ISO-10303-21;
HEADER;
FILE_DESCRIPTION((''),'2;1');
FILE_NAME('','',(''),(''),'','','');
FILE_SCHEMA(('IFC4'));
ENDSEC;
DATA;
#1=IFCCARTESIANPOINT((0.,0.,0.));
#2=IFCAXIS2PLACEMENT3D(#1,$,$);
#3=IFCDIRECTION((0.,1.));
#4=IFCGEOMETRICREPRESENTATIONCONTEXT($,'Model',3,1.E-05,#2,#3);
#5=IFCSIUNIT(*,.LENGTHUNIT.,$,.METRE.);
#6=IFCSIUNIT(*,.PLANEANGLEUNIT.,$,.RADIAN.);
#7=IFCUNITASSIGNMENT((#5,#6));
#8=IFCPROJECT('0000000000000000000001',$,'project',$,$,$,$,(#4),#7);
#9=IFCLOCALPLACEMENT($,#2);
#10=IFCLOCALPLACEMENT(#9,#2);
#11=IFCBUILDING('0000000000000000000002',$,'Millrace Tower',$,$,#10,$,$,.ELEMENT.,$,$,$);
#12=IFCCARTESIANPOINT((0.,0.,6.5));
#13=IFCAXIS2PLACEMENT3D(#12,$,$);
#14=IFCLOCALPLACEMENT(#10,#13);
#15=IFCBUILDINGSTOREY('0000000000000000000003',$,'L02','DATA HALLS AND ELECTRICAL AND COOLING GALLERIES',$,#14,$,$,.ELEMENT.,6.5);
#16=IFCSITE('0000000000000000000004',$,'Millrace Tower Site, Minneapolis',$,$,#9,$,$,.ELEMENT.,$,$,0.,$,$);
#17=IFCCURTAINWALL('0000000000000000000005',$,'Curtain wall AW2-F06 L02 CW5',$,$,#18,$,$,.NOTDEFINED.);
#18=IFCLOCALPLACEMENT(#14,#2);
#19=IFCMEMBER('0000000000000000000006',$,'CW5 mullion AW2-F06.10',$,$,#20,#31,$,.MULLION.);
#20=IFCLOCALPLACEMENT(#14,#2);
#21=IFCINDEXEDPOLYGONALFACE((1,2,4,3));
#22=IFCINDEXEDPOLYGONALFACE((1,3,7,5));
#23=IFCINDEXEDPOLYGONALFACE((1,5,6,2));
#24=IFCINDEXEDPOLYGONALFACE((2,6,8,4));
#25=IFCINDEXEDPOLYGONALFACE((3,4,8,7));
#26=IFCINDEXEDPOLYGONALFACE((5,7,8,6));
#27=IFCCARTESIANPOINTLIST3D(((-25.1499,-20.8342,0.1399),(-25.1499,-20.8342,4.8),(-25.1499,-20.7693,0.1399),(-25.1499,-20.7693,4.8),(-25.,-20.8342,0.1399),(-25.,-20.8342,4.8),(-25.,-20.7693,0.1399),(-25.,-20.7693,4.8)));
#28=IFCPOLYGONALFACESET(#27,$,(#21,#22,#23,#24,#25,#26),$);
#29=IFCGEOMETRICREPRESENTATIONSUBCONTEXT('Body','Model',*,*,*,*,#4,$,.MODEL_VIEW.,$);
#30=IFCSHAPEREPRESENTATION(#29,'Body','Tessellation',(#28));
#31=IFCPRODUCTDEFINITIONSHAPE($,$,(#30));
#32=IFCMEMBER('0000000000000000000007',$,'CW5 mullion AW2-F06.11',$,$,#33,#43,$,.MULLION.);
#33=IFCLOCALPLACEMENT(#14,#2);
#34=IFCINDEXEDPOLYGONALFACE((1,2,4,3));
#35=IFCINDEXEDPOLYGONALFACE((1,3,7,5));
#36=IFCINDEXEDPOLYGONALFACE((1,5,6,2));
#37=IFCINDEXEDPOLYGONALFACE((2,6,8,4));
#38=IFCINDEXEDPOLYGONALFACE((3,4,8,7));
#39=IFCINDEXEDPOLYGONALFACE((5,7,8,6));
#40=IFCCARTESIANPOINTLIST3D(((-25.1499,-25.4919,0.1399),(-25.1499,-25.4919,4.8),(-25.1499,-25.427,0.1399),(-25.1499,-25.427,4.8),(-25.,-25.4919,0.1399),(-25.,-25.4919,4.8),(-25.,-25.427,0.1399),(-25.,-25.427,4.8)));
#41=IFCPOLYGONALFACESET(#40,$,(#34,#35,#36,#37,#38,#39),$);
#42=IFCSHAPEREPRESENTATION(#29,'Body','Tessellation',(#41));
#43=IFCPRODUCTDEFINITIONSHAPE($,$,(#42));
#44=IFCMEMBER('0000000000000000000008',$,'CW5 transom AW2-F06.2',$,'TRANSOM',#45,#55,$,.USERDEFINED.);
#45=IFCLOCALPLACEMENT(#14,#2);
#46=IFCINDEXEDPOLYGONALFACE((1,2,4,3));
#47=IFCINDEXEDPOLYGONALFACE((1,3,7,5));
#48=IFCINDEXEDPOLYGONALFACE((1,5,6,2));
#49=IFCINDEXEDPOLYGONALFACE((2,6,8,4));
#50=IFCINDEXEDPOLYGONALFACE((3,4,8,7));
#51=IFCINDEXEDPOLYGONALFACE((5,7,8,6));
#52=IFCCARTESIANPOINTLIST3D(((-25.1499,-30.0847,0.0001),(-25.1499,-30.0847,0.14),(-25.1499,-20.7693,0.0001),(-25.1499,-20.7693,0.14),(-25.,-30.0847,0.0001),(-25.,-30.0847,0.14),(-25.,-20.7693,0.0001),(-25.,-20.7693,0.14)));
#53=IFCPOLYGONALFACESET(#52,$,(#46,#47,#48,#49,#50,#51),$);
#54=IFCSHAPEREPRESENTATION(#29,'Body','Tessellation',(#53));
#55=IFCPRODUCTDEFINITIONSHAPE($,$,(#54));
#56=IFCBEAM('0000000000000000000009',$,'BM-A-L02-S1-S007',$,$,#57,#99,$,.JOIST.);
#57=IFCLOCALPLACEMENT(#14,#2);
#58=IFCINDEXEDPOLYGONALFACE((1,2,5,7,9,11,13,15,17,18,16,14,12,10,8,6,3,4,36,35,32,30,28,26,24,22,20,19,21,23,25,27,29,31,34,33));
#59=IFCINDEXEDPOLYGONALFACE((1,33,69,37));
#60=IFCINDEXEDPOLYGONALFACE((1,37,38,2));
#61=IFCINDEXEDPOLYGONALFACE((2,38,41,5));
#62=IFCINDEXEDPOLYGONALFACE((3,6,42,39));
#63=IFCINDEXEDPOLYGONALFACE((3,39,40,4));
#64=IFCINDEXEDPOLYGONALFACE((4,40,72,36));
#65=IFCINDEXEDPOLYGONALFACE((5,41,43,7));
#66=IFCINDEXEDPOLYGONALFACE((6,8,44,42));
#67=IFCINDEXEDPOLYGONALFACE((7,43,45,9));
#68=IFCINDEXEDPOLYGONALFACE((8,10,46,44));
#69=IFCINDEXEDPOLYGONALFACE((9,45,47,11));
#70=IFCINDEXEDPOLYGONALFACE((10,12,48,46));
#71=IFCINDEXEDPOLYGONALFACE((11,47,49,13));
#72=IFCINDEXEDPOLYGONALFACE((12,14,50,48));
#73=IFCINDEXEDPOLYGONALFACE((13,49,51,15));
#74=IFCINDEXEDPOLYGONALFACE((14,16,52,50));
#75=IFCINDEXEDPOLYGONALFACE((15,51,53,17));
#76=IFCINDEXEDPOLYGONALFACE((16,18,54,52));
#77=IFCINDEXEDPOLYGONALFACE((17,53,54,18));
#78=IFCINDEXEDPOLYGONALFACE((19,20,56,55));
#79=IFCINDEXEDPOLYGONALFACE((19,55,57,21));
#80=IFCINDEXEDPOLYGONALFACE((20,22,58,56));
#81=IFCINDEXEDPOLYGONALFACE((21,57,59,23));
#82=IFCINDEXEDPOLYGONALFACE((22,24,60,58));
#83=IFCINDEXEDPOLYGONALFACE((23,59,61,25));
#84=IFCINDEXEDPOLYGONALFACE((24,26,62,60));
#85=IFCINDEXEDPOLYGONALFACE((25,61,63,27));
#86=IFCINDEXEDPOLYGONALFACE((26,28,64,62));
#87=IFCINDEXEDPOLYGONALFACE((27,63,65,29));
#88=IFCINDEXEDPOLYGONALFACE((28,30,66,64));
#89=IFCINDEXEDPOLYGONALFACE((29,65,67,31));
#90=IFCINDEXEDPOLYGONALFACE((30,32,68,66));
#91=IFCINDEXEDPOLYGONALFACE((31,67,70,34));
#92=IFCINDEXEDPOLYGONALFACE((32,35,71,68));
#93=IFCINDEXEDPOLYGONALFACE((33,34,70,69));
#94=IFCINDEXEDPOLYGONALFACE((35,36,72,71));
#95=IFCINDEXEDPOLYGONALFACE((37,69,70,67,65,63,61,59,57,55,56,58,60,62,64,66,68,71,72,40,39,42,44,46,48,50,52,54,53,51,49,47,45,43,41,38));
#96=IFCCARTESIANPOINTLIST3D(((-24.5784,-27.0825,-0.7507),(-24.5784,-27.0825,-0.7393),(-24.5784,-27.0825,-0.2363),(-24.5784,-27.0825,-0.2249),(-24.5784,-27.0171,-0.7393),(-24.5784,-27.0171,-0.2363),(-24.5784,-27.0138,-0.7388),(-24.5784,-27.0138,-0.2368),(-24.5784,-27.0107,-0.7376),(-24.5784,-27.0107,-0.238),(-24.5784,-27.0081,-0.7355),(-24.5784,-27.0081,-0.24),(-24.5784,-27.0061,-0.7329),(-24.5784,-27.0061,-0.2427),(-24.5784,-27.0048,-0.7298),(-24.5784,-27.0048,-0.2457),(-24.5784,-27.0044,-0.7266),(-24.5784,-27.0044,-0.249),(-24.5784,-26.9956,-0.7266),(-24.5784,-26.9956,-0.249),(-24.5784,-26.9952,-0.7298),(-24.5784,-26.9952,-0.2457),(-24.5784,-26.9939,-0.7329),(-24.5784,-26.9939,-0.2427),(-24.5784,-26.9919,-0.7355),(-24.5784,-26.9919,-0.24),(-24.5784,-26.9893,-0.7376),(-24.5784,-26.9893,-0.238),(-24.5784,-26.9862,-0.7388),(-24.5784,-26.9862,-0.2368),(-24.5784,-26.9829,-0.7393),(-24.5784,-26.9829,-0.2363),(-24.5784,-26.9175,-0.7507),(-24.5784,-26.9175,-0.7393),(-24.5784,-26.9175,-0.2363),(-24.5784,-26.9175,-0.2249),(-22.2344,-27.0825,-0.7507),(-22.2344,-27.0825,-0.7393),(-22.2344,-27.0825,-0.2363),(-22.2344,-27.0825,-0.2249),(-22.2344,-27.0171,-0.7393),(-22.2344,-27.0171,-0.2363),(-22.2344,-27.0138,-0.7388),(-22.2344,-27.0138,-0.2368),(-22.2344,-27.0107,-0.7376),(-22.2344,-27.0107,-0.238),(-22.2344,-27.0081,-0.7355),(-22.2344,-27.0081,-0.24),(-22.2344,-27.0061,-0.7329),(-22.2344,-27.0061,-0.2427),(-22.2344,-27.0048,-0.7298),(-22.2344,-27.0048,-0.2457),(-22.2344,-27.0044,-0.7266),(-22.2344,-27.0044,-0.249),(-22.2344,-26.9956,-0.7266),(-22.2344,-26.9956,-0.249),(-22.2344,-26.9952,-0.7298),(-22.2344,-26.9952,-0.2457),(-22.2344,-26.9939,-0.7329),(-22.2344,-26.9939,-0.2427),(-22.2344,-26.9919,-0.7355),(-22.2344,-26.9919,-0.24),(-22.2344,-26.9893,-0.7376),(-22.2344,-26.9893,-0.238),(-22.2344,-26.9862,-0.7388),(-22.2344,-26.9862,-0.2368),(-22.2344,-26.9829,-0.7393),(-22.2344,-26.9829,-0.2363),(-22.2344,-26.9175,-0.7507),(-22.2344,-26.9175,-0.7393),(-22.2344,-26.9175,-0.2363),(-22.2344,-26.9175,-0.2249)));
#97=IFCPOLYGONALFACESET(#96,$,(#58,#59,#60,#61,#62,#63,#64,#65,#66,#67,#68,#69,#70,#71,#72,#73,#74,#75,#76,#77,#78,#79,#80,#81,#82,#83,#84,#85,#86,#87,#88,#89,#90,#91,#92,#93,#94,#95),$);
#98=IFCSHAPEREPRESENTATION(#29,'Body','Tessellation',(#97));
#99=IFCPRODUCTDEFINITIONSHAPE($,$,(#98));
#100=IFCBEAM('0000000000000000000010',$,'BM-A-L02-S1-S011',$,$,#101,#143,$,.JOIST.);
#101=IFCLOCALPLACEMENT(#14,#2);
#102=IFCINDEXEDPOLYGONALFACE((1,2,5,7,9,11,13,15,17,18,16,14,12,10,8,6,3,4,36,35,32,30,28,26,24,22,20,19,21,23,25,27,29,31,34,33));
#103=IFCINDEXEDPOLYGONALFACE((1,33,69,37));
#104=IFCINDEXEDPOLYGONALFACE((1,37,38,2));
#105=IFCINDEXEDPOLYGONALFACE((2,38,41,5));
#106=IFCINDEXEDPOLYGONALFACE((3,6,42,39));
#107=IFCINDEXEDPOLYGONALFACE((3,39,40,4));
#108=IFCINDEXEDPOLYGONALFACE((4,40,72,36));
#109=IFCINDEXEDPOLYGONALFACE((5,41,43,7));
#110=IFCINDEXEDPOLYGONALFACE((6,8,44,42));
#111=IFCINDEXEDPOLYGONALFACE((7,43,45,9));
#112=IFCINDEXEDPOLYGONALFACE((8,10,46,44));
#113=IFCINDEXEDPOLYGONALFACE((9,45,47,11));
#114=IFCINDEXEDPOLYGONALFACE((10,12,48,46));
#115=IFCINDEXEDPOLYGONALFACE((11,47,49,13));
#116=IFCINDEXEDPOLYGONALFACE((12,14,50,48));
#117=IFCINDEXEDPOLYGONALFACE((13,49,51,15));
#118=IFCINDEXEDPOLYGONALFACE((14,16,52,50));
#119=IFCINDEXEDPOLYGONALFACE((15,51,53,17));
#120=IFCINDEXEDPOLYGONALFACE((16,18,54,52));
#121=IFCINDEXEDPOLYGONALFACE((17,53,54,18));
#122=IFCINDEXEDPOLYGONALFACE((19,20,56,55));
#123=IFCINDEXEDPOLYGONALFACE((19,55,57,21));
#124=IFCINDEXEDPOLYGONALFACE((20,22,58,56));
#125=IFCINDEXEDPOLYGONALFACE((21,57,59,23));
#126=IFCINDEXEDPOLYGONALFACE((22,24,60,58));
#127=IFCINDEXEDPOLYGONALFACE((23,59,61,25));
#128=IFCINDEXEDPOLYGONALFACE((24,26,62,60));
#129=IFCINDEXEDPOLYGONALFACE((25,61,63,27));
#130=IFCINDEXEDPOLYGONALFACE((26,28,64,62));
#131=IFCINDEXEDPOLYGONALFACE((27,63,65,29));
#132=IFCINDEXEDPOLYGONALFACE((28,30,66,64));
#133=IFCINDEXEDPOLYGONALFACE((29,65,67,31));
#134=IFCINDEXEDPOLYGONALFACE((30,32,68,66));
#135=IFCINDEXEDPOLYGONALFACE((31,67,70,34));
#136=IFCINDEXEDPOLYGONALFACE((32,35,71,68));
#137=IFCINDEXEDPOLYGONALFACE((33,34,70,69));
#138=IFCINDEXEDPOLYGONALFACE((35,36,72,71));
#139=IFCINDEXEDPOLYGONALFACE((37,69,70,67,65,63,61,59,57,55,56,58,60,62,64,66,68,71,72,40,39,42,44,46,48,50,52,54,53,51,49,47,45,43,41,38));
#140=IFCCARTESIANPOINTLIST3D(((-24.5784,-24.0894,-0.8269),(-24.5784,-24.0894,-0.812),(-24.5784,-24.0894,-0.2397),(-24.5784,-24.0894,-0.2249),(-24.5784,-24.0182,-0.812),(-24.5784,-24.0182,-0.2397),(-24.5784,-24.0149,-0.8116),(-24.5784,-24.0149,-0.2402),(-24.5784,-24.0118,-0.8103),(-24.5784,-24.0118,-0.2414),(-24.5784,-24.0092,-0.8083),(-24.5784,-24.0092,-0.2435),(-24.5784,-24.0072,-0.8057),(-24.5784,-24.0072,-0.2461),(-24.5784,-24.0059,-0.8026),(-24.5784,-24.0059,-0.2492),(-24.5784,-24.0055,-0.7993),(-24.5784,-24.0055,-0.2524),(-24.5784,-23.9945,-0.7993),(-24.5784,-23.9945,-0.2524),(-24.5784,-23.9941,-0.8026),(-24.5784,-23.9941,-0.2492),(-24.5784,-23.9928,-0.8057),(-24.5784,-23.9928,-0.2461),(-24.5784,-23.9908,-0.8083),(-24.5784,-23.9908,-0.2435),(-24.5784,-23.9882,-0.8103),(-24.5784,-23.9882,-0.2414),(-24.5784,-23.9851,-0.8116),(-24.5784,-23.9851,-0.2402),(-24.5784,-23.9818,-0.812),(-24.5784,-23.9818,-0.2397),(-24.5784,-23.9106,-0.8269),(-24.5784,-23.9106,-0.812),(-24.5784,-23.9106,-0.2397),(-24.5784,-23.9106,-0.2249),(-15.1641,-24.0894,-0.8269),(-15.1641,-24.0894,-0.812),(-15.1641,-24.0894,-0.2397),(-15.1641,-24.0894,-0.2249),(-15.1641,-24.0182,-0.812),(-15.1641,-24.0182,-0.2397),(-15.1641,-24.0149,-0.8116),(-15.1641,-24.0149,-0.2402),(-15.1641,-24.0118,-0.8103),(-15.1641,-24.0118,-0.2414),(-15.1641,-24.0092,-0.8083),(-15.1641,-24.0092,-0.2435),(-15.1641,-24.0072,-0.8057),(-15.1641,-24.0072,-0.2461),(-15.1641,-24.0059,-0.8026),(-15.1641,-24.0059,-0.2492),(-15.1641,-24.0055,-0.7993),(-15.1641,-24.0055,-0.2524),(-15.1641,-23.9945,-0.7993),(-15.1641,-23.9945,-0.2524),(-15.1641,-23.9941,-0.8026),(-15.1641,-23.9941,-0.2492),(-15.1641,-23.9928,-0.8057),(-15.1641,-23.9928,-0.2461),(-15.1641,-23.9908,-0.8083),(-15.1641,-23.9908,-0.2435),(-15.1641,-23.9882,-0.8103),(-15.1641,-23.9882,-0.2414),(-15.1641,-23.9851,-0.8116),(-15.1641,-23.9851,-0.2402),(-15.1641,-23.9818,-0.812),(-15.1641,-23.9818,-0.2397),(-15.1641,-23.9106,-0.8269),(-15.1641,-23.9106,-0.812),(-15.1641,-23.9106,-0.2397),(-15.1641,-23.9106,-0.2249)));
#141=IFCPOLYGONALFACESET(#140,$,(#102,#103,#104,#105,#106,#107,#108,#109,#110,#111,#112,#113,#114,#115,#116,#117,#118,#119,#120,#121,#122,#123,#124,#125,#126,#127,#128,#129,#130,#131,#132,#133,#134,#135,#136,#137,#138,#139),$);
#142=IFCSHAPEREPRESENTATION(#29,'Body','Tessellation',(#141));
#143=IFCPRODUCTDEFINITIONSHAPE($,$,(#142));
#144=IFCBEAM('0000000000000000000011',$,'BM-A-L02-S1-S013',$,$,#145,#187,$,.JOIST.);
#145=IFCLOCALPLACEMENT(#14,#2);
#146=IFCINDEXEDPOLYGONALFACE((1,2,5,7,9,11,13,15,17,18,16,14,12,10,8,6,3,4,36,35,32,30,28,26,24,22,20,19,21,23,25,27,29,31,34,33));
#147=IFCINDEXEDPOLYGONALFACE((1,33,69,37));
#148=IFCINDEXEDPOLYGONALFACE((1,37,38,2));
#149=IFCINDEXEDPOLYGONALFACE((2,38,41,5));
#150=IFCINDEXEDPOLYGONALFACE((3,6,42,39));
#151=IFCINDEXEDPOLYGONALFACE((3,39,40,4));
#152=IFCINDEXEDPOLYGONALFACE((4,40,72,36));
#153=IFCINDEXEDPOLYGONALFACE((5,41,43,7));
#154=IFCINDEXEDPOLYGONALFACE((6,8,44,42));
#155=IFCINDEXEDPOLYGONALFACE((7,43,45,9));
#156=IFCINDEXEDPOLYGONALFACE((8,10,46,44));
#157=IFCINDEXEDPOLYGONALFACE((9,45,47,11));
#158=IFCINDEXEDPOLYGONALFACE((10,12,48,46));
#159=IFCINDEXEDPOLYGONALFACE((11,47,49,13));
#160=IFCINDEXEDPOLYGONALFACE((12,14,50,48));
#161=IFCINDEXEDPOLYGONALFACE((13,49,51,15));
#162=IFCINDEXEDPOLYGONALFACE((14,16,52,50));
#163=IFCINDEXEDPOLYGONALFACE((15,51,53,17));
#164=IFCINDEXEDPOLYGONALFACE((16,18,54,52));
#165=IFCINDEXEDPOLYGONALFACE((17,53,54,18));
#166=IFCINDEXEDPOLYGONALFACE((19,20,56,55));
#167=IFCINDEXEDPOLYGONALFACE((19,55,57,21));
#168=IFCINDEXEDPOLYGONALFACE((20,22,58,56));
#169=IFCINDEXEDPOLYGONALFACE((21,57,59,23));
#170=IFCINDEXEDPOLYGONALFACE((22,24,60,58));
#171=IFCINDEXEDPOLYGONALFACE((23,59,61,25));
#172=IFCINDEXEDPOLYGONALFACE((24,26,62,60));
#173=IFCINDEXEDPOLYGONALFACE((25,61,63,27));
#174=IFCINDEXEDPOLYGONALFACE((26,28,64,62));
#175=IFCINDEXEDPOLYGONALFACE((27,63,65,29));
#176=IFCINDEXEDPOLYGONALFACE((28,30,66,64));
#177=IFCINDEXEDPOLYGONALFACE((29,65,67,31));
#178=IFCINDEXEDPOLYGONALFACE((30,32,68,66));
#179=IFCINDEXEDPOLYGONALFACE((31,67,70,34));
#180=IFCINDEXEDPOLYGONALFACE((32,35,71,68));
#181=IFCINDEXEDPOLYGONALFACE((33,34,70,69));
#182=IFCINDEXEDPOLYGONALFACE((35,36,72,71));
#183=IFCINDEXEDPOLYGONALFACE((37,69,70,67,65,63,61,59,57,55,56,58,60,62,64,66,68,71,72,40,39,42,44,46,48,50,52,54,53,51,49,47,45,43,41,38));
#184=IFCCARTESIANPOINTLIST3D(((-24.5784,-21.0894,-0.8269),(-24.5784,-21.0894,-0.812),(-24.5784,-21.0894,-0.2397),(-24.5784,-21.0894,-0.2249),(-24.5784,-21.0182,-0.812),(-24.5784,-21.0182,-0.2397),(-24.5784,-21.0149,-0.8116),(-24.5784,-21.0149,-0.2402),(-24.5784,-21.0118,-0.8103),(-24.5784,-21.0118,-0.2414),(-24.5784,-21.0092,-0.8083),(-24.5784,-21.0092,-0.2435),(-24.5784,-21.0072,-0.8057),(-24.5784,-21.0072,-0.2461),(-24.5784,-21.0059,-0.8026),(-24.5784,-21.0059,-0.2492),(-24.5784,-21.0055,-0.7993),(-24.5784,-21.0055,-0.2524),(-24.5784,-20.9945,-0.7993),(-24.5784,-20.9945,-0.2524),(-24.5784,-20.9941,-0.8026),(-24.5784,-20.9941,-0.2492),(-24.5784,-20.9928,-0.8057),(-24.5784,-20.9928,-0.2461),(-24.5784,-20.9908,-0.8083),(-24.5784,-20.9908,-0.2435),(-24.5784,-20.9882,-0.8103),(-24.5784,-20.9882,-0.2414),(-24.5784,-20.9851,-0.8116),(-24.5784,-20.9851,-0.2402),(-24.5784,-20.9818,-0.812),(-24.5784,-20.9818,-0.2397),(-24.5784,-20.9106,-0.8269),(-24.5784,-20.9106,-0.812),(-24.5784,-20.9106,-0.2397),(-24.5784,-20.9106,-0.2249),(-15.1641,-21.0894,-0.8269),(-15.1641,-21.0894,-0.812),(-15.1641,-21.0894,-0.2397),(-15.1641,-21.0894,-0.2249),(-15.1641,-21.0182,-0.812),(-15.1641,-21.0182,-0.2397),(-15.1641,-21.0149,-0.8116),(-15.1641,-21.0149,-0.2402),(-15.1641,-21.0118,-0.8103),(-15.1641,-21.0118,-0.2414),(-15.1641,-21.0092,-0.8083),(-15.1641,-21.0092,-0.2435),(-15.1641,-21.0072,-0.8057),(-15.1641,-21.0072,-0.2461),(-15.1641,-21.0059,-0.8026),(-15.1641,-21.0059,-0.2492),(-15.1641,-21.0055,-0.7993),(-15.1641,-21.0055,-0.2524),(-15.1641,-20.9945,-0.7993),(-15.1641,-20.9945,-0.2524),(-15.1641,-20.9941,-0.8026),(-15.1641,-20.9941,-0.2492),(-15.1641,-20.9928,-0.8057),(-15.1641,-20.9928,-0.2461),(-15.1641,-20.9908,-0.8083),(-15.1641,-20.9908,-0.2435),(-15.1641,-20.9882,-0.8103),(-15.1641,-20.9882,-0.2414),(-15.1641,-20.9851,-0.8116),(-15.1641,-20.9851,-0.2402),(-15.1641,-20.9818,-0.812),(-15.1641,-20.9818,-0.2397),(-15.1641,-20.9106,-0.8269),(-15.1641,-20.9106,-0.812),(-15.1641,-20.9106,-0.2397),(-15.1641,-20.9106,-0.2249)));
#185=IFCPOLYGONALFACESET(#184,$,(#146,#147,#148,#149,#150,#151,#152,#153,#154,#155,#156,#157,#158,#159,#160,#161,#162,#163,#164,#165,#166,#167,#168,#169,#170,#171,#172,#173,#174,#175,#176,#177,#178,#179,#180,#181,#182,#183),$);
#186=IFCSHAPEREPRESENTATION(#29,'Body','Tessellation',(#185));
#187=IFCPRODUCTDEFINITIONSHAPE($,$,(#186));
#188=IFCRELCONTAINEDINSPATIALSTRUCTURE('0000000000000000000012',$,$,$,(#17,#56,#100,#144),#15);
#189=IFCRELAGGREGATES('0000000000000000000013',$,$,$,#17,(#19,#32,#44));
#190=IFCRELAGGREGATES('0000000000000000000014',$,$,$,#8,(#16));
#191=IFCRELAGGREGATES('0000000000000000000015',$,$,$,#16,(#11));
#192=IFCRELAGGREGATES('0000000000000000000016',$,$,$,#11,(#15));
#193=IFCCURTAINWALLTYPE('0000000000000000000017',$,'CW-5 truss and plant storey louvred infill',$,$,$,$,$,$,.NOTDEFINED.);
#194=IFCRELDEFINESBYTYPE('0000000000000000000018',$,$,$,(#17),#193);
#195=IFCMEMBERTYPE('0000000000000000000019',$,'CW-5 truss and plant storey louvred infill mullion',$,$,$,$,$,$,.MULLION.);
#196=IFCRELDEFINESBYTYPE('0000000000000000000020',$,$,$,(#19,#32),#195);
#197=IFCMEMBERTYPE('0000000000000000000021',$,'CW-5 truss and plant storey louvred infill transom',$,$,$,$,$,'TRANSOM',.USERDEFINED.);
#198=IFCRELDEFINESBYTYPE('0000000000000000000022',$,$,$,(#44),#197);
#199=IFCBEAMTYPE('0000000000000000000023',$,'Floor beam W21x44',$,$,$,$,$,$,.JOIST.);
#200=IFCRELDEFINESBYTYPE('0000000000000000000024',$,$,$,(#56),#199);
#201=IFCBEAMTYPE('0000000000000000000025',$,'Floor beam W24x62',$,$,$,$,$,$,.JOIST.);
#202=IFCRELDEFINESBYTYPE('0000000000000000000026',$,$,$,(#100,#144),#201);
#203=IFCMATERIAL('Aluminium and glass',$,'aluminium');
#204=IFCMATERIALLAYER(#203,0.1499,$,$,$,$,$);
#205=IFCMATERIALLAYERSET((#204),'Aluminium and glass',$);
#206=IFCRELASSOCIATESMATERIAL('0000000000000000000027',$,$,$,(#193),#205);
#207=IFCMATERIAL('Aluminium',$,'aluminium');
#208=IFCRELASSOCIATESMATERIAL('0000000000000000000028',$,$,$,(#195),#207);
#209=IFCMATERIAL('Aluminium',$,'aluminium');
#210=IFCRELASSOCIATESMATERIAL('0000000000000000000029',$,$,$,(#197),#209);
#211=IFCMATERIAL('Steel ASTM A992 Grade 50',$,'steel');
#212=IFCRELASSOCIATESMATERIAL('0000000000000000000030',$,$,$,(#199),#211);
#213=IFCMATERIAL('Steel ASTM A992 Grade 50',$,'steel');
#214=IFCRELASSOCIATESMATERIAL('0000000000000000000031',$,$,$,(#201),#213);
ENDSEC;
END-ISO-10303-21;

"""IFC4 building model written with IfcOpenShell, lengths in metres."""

from ifc_helpers import new_model, si_unit, direction, frame, origin, origin_2d, place, context, subcontext, project, spatial, rectangle, i_section, extrude, material, layer, layer_set, material_profile, profile_set, type_object, element, aggregate, save


model = new_model("IFC4")

# Units and contexts
model_context = context("Model", 3, precision=1e-05, world=origin(), true_north=direction((0.0, 1.0)))
body_context = subcontext(model_context, "Body", "Model", "MODEL_VIEW")
ifc_project = project(units=[si_unit("LENGTHUNIT", "METRE"), si_unit("PLANEANGLEUNIT", "RADIAN")], contexts=[model_context])

# Site, building, storey
site_placement = place(None, origin())
site = spatial("IfcSite", under=ifc_project, at=site_placement, Name="Millrace Tower Site, Minneapolis", CompositionType="ELEMENT", RefElevation=0.0)
building_placement = place(site_placement, origin())
building = spatial("IfcBuilding", under=site, at=building_placement, Name="Millrace Tower", CompositionType="ELEMENT")
storey_placement = place(building_placement, frame((0.0, 0.0, 6.5)))
storey = spatial("IfcBuildingStorey", under=building, at=storey_placement, Name="L02", Description="DATA HALLS AND ELECTRICAL AND COOLING GALLERIES", CompositionType="ELEMENT", Elevation=6.5)

# Curtain wall, members
placement = place(storey_placement, origin())
ifc_material_1 = material(Name="Aluminium and glass", Category="aluminium")
ifc_layer_1 = layer(ifc_material_1, 0.1499)
ifc_layer_set_1 = layer_set([ifc_layer_1], Name="Aluminium and glass")
curtain_wall_type_1 = type_object("IfcCurtainWallType", Name="CW-5 truss and plant storey louvred infill", PredefinedType="NOTDEFINED", material=ifc_layer_set_1)
curtain_wall_1 = element("IfcCurtainWall", 1, at=placement, inside=storey, type_object=curtain_wall_type_1, Name="Curtain wall AW2-F06 L02 CW5", PredefinedType="NOTDEFINED")
ifc_material_2 = material(Name="Aluminium", Category="aluminium")
ifc_material_profile_1 = material_profile(ifc_material_2, rectangle(XDim=0.0649, YDim=0.1499, at=origin_2d()))
ifc_profile_set_1 = profile_set([ifc_material_profile_1], Name="Aluminium")
member_type_1 = type_object("IfcMemberType", Name="CW-5 truss and plant storey louvred infill mullion", PredefinedType="MULLION", material=ifc_profile_set_1)
member_1_placement = place(storey_placement, frame((-25.075, -20.8018, 0.1399), z_axis=(0.0, 0.0, 1.0), x_axis=(0.0, -1.0, 0.0)))
member_1 = element("IfcMember", 2, at=member_1_placement, type_object=member_type_1, Name="CW5 mullion AW2-F06.10", PredefinedType="MULLION", context=body_context, shape_type="SweptSolid", body=[
    extrude(rectangle(XDim=0.0649, YDim=0.1499, at=origin_2d()), origin(), (0.0, 0.0, 1.0), 4.6602),
])
member_2_placement = place(storey_placement, frame((-25.075, -25.4595, 0.1399), z_axis=(0.0, 0.0, 1.0), x_axis=(0.0, -1.0, 0.0)))
member_2 = element("IfcMember", 3, at=member_2_placement, type_object=member_type_1, Name="CW5 mullion AW2-F06.11", PredefinedType="MULLION", context=body_context, shape_type="SweptSolid", body=[
    extrude(rectangle(XDim=0.0649, YDim=0.1499, at=origin_2d()), origin(), (0.0, 0.0, 1.0), 4.6602),
])
ifc_material_3 = material(Name="Aluminium", Category="aluminium")
ifc_material_profile_2 = material_profile(ifc_material_3, rectangle(XDim=0.1499, YDim=0.1399, at=origin_2d()))
ifc_profile_set_2 = profile_set([ifc_material_profile_2], Name="Aluminium")
member_type_2 = type_object("IfcMemberType", Name="CW-5 truss and plant storey louvred infill transom", ElementType="TRANSOM", PredefinedType="USERDEFINED", material=ifc_profile_set_2)
member_3_placement = place(storey_placement, frame((-25.075, -20.7693, 0.0701), z_axis=(0.0, -1.0, 0.0), x_axis=(1.0, 0.0, 0.0)))
member_3 = element("IfcMember", 4, at=member_3_placement, type_object=member_type_2, Name="CW5 transom AW2-F06.2", ObjectType="TRANSOM", PredefinedType="USERDEFINED", context=body_context, shape_type="SweptSolid", body=[
    extrude(rectangle(XDim=0.1499, YDim=0.1399, at=origin_2d()), origin(), (0.0, 0.0, 1.0), 9.3154),
])
aggregate(curtain_wall_1, [member_1, member_2, member_3])

# Beams
ifc_material_4 = material(Name="Steel ASTM A992 Grade 50", Category="steel")
ifc_material_profile_3 = material_profile(ifc_material_4, i_section(OverallWidth=0.165, OverallDepth=0.5259, WebThickness=0.0088, FlangeThickness=0.0115, FilletRadius=0.0127, at=origin_2d()))
ifc_profile_set_3 = profile_set([ifc_material_profile_3], Name="Steel ASTM A992 Grade 50")
beam_type_1 = type_object("IfcBeamType", Name="Floor beam W21x44", PredefinedType="JOIST", material=ifc_profile_set_3)
beam_1_placement = place(storey_placement, frame((-24.5784, -27.0, -0.4878), z_axis=(1.0, 0.0, 0.0), x_axis=(0.0, 1.0, 0.0)))
element("IfcBeam", 5, at=beam_1_placement, inside=storey, type_object=beam_type_1, Name="BM-A-L02-S1-S007", PredefinedType="JOIST", context=body_context, shape_type="SweptSolid", body=[
    extrude(i_section(OverallWidth=0.165, OverallDepth=0.5259, WebThickness=0.0088, FlangeThickness=0.0115, FilletRadius=0.0127, at=origin_2d()), origin(), (0.0, 0.0, 1.0), 2.344),
])
ifc_material_5 = material(Name="Steel ASTM A992 Grade 50", Category="steel")
ifc_material_profile_4 = material_profile(ifc_material_5, i_section(OverallWidth=0.1787, OverallDepth=0.6021, WebThickness=0.011, FlangeThickness=0.0149, FilletRadius=0.0127, at=origin_2d()))
ifc_profile_set_4 = profile_set([ifc_material_profile_4], Name="Steel ASTM A992 Grade 50")
beam_type_2 = type_object("IfcBeamType", Name="Floor beam W24x62", PredefinedType="JOIST", material=ifc_profile_set_4)
for number, where, z_axis, x_axis, name in (
    (6, (-24.5784, -24.0, -0.5259), (1.0, 0.0, 0.0), (0.0, 1.0, 0.0), "BM-A-L02-S1-S011"),
    (7, (-24.5784, -21.0, -0.5259), (1.0, 0.0, 0.0), (0.0, 1.0, 0.0), "BM-A-L02-S1-S013"),
):
    element("IfcBeam", number, at=place(storey_placement, frame(where, z_axis=z_axis, x_axis=x_axis)), inside=storey, type_object=beam_type_2, Name=name, PredefinedType="JOIST", context=body_context, shape_type="SweptSolid", body=[
        extrude(i_section(OverallWidth=0.1787, OverallDepth=0.6021, WebThickness=0.011, FlangeThickness=0.0149, FilletRadius=0.0127, at=origin_2d()), origin(), (0.0, 0.0, 1.0), 9.4143),
    ])

save(model, "model.ifc")
